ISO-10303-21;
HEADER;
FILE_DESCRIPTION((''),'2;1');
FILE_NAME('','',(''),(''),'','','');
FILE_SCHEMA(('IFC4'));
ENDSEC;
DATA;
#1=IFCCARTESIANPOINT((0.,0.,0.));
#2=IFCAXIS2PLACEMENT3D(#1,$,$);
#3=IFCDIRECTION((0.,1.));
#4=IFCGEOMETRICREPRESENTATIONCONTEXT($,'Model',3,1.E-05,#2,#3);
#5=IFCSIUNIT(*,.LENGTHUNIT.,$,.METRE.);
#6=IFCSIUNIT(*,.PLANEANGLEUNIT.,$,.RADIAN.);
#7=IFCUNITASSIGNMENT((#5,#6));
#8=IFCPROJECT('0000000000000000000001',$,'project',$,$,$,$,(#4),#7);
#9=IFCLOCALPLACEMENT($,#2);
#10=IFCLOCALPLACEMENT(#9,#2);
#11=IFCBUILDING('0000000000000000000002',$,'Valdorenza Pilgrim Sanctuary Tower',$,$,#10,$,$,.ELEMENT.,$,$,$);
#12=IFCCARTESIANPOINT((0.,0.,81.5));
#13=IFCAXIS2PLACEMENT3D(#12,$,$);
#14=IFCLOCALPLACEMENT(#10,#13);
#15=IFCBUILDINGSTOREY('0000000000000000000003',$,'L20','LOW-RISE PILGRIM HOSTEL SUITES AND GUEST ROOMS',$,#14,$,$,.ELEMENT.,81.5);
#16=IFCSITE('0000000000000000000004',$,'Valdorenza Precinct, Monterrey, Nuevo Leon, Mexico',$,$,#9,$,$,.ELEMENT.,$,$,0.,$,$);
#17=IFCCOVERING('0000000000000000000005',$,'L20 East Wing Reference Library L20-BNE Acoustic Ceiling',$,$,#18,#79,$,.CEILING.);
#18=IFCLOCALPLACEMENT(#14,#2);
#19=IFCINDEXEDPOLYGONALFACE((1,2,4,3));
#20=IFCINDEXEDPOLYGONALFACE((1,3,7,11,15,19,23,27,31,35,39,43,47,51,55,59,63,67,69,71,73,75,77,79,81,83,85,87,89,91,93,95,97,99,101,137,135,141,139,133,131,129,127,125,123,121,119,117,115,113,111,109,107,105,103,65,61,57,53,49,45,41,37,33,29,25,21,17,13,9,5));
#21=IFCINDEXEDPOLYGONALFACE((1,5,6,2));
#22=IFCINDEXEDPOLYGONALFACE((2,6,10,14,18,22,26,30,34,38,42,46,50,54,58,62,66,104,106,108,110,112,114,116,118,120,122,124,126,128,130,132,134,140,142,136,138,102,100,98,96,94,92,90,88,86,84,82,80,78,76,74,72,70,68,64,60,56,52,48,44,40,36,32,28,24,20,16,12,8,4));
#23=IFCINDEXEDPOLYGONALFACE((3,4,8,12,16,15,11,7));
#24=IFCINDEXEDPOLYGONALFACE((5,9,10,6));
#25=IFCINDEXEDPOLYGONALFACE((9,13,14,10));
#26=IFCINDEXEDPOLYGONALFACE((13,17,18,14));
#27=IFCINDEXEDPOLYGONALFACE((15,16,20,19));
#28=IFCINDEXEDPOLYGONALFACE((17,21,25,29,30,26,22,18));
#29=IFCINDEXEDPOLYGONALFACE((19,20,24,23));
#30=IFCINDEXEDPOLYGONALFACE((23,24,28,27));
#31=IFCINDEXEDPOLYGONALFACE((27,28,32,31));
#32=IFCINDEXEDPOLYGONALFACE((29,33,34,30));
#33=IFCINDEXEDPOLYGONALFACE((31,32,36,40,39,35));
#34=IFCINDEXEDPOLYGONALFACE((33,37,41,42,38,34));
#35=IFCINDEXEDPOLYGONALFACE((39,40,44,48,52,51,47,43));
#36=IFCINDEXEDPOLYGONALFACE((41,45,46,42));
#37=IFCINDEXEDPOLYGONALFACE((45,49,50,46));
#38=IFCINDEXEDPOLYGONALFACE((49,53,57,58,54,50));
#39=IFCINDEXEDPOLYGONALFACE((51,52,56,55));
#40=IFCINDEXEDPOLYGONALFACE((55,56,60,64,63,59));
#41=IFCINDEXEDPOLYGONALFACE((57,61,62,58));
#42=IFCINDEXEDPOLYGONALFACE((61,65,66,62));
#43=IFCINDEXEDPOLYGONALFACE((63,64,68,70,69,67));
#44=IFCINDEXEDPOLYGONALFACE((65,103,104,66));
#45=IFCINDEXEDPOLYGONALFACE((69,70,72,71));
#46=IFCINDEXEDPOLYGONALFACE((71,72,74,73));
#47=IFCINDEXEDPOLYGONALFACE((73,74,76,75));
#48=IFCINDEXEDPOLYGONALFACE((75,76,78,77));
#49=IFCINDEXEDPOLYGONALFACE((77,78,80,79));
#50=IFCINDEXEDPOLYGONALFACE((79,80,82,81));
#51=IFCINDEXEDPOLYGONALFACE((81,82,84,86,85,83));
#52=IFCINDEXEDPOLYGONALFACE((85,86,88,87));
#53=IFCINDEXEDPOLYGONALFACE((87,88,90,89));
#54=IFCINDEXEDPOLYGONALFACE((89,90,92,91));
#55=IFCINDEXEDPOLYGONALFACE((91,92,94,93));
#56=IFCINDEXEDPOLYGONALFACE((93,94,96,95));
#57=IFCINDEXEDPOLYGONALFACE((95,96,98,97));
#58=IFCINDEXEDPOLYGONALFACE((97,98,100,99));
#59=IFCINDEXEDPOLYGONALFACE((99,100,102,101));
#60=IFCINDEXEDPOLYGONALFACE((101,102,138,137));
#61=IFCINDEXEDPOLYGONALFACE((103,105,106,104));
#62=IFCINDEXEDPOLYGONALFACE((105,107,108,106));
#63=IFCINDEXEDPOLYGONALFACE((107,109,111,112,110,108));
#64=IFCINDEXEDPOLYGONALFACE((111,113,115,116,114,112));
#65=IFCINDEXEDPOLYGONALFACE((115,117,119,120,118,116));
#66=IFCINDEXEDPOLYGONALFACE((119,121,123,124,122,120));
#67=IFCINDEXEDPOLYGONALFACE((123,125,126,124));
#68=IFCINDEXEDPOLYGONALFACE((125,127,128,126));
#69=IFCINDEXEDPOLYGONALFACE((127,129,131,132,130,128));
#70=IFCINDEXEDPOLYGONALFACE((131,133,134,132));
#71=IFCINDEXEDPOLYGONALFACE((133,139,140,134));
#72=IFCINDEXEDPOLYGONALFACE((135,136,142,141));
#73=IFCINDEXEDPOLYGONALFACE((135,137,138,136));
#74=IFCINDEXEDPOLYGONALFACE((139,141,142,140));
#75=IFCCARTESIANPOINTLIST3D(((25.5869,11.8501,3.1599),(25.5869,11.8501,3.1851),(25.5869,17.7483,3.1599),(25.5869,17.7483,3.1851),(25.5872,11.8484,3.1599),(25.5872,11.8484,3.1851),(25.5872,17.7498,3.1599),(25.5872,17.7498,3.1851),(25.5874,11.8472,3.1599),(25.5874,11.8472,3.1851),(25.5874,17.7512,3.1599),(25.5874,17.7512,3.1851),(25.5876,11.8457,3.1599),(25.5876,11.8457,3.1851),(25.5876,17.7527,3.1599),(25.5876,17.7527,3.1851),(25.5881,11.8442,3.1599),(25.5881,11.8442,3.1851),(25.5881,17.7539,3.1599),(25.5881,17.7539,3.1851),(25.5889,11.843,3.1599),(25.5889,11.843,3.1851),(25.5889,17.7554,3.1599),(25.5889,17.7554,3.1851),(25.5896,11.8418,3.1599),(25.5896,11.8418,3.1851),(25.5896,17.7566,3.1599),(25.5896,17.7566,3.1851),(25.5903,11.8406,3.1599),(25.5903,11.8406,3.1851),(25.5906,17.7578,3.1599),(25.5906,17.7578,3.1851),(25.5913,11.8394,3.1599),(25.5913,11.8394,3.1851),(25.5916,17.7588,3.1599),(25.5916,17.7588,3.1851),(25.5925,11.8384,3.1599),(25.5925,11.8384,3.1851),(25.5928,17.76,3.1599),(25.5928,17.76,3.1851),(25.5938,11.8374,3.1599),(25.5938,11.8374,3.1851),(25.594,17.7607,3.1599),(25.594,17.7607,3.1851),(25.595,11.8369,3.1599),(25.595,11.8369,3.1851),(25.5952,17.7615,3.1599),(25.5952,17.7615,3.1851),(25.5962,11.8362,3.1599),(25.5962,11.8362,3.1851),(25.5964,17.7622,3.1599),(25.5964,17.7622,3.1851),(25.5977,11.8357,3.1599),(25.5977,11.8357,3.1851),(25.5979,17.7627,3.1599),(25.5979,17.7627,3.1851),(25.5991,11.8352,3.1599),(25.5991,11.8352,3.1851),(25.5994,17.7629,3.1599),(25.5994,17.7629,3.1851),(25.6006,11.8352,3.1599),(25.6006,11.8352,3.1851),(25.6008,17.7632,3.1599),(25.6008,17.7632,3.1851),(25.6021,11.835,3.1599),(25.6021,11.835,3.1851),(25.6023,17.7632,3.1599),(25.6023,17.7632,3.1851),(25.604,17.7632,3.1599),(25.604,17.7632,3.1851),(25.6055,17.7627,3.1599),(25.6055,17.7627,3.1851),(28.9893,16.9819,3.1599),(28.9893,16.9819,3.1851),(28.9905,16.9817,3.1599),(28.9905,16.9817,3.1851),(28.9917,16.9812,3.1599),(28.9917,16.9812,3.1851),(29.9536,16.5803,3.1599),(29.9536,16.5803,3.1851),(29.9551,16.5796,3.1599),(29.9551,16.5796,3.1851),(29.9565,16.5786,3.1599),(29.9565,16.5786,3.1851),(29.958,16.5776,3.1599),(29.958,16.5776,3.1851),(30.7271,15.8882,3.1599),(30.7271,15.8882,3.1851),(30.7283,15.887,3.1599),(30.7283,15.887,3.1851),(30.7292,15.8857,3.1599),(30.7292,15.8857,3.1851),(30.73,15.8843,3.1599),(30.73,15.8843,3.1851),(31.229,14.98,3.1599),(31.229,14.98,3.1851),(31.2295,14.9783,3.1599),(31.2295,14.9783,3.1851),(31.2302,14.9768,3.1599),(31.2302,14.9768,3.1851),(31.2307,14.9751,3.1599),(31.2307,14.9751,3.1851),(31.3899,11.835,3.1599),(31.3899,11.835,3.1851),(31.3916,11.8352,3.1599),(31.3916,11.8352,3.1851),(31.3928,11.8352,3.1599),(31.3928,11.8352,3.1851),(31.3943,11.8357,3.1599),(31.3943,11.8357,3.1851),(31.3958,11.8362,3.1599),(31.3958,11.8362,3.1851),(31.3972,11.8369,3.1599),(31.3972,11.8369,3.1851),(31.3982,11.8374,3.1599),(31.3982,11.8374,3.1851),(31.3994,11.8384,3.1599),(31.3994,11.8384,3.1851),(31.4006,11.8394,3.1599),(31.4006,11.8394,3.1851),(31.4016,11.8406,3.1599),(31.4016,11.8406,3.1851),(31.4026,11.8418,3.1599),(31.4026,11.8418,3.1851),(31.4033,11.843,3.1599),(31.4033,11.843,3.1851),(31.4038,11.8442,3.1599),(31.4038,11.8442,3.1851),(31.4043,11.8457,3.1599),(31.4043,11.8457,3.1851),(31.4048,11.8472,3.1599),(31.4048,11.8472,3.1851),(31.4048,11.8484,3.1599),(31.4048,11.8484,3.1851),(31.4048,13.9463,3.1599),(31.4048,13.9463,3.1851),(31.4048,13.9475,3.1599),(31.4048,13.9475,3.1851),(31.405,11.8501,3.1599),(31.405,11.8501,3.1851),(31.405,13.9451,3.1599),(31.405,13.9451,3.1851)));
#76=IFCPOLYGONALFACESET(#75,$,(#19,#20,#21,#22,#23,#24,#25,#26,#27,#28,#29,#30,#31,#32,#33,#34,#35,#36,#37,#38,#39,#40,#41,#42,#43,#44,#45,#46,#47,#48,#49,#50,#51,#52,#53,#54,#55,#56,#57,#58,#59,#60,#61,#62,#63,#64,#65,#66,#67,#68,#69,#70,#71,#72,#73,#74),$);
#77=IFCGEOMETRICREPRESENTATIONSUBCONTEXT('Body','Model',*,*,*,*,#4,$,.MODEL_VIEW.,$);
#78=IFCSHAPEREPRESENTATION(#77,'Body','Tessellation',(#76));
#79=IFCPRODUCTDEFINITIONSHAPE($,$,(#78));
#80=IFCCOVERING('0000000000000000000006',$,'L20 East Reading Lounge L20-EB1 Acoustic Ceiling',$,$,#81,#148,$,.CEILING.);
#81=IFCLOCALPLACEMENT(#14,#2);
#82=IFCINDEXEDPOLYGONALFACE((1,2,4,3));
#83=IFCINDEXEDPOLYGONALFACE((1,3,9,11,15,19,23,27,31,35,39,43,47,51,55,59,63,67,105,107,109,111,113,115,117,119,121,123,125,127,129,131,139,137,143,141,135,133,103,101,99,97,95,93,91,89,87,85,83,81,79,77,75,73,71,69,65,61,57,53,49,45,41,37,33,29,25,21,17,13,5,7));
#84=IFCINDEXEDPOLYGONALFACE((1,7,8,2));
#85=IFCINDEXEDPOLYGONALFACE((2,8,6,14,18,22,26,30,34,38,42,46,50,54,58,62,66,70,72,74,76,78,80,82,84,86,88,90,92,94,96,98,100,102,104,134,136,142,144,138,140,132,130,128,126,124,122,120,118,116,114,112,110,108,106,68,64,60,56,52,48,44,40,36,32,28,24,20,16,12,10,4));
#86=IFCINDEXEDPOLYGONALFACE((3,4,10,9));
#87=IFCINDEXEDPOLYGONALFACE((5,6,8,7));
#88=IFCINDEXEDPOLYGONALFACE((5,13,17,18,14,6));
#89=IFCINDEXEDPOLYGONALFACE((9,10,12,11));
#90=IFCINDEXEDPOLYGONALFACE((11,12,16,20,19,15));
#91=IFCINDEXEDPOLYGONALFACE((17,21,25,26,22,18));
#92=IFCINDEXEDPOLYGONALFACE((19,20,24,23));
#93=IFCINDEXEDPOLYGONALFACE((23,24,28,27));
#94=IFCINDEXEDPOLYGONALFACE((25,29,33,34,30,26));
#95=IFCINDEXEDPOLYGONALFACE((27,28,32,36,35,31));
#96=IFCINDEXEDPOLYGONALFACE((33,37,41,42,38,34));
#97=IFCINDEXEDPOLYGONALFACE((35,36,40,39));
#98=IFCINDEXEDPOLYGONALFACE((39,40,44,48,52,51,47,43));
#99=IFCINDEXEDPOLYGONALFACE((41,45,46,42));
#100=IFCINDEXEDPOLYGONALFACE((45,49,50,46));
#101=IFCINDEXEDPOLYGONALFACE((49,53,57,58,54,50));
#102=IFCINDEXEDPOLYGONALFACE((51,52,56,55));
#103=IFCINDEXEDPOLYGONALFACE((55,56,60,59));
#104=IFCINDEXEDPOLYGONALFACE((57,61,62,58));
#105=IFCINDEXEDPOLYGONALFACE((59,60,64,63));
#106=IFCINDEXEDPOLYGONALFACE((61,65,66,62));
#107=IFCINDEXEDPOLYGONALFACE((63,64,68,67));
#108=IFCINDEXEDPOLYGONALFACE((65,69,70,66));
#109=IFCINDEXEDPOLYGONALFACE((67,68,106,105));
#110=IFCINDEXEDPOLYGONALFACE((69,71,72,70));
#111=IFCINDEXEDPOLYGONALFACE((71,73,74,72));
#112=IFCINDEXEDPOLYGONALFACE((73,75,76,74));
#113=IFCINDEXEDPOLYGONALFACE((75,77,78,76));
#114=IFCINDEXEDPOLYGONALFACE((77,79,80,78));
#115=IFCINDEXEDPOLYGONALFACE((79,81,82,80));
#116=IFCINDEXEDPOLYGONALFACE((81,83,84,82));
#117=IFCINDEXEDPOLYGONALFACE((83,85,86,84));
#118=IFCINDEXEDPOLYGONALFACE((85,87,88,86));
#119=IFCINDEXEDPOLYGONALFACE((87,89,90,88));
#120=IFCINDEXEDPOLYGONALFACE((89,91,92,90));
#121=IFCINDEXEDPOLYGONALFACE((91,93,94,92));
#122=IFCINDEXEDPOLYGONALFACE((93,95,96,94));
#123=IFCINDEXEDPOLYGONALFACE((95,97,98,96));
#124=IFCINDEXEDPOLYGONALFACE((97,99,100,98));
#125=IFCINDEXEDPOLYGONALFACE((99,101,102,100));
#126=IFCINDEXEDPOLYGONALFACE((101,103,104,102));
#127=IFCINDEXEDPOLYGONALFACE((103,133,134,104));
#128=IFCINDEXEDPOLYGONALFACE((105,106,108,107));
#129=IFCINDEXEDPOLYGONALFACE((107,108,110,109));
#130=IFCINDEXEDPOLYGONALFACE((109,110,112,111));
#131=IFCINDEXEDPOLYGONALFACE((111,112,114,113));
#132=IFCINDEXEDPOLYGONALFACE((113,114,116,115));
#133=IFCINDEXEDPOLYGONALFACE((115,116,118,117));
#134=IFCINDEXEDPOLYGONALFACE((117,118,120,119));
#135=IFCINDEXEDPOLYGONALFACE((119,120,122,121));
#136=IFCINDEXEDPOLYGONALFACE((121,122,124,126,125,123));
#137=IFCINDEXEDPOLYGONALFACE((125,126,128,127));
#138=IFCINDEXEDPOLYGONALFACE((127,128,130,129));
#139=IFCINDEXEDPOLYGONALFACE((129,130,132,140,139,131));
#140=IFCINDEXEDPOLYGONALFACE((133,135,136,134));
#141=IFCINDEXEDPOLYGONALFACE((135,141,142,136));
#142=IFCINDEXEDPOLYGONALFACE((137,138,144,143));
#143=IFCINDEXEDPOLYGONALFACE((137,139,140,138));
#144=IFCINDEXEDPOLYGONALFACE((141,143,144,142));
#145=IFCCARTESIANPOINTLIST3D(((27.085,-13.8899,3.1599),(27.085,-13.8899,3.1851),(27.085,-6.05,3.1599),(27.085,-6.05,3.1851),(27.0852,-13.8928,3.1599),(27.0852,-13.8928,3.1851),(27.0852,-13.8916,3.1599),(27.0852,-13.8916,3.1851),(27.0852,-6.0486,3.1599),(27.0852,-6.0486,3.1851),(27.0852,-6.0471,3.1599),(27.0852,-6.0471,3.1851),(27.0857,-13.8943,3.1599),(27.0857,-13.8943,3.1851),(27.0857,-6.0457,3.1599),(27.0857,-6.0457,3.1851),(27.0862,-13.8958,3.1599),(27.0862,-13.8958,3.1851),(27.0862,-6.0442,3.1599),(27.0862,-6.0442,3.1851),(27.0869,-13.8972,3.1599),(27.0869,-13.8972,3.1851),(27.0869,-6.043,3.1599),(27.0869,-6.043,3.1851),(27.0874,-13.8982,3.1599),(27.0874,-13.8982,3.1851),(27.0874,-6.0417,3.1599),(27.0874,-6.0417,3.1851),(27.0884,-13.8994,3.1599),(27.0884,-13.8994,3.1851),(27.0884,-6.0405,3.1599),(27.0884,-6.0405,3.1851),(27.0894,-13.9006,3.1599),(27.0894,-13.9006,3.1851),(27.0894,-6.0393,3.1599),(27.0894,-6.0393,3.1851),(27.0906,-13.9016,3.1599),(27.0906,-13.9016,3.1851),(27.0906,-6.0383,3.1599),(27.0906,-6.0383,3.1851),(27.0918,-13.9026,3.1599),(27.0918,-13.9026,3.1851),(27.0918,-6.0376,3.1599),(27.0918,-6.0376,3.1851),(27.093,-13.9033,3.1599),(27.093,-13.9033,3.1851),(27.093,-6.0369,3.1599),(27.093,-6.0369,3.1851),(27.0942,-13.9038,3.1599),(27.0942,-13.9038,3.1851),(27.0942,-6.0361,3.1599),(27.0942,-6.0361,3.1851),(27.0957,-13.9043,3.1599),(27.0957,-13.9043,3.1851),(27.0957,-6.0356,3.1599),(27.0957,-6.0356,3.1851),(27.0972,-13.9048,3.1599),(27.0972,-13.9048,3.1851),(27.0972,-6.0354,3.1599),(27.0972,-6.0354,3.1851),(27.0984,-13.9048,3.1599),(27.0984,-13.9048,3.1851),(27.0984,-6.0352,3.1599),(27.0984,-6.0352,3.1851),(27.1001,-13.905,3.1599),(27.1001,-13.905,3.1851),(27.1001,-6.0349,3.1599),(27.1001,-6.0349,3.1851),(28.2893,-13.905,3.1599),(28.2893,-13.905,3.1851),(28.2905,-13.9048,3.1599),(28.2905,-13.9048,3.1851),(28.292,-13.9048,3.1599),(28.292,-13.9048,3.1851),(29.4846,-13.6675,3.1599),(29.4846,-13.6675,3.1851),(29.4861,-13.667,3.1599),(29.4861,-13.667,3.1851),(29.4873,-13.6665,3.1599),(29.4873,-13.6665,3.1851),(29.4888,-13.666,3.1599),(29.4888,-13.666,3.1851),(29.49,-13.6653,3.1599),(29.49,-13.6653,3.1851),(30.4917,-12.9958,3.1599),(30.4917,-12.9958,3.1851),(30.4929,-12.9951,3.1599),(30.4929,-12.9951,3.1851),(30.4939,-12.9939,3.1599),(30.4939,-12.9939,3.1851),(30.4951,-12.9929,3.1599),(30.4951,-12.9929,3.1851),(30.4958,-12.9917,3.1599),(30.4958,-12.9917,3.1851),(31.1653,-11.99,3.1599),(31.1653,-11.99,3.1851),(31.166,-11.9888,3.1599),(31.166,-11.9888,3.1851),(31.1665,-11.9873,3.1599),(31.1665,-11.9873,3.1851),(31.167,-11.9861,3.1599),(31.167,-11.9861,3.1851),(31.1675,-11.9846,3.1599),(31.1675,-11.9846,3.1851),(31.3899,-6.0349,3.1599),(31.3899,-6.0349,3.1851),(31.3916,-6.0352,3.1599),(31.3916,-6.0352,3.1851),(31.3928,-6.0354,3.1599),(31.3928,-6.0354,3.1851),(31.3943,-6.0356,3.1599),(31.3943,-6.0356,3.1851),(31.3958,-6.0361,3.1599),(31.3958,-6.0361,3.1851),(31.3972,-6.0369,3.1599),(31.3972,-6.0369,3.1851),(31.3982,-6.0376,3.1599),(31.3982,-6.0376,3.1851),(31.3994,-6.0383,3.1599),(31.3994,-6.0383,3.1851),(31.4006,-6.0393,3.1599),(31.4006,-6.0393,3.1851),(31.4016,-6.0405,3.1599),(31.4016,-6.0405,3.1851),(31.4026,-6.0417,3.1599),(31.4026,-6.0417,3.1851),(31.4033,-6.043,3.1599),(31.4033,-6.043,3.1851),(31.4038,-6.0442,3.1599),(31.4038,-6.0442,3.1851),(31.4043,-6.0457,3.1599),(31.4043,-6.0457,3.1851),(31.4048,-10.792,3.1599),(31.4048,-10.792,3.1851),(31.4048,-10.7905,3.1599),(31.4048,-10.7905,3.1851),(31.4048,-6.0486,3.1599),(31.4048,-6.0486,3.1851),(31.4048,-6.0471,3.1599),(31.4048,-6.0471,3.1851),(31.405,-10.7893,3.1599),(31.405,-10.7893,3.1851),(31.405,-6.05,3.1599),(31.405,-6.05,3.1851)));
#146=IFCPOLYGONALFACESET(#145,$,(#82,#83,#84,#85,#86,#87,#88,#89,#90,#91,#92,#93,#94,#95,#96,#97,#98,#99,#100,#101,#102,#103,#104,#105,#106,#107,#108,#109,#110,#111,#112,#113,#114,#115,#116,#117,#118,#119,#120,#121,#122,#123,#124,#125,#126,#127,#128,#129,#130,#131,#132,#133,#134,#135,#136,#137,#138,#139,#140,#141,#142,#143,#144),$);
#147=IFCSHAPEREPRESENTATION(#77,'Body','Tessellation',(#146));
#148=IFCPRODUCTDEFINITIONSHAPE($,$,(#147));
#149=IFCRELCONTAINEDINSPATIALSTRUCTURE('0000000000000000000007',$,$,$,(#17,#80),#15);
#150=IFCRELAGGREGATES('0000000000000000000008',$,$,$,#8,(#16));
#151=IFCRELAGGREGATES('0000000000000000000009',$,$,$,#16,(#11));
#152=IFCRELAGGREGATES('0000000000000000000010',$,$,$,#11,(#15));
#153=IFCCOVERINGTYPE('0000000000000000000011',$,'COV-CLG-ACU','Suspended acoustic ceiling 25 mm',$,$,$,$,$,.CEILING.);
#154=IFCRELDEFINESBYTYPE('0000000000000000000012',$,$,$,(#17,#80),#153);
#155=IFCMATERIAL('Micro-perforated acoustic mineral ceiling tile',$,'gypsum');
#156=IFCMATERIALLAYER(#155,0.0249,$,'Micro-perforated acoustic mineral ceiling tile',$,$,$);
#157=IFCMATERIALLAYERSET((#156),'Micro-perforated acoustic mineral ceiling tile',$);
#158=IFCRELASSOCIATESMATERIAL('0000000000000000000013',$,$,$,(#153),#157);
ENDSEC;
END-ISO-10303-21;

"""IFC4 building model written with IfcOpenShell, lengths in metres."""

from ifc_helpers import new_model, si_unit, direction, frame, origin, place, context, subcontext, project, spatial, polyline, outline, extrude, material, layer, layer_set, type_object, element, save


model = new_model("IFC4")

# Units and contexts
model_context = context("Model", 3, precision=1e-05, world=origin(), true_north=direction((0.0, 1.0)))
body_context = subcontext(model_context, "Body", "Model", "MODEL_VIEW")
ifc_project = project(units=[si_unit("LENGTHUNIT", "METRE"), si_unit("PLANEANGLEUNIT", "RADIAN")], contexts=[model_context])

# Site, building, storey
site_placement = place(None, origin())
site = spatial("IfcSite", under=ifc_project, at=site_placement, Name="Valdorenza Precinct, Monterrey, Nuevo Leon, Mexico", CompositionType="ELEMENT", RefElevation=0.0)
building_placement = place(site_placement, origin())
building = spatial("IfcBuilding", under=site, at=building_placement, Name="Valdorenza Pilgrim Sanctuary Tower", CompositionType="ELEMENT")
storey_placement = place(building_placement, frame((0.0, 0.0, 81.5)))
storey = spatial("IfcBuildingStorey", under=building, at=storey_placement, Name="L20", Description="LOW-RISE PILGRIM HOSTEL SUITES AND GUEST ROOMS", CompositionType="ELEMENT", Elevation=81.5)

# Coverings
ifc_material_1 = material(Name="Micro-perforated acoustic mineral ceiling tile", Category="gypsum")
ifc_layer_1 = layer(ifc_material_1, 0.0249, Name="Micro-perforated acoustic mineral ceiling tile")
ifc_layer_set_1 = layer_set([ifc_layer_1], Name="Micro-perforated acoustic mineral ceiling tile")
covering_type_1 = type_object("IfcCoveringType", Name="COV-CLG-ACU", Description="Suspended acoustic ceiling 25 mm", PredefinedType="CEILING", material=ifc_layer_set_1)
covering_1_placement = place(storey_placement, frame((0.0, 0.0, 3.1599)))
element("IfcCovering", 1, at=covering_1_placement, inside=storey, type_object=covering_type_1, Name="L20 East Wing Reference Library L20-BNE Acoustic Ceiling", PredefinedType="CEILING", context=body_context, shape_type="SweptSolid", body=[
    extrude(outline(polyline([(28.9893, 16.9819), (28.9905, 16.9817), (28.9917, 16.9812), (29.9536, 16.5803), (29.9551, 16.5796), (29.9565, 16.5786), (29.958, 16.5776), (30.7271, 15.8882), (30.7283, 15.887), (30.7292, 15.8857), (30.73, 15.8843), (31.229, 14.98), (31.2295, 14.9783), (31.2302, 14.9768), (31.2307, 14.9751), (31.4048, 13.9475), (31.4048, 13.9463), (31.405, 13.9451), (31.405, 11.8501), (31.4048, 11.8484), (31.4048, 11.8472), (31.4043, 11.8457), (31.4038, 11.8442), (31.4033, 11.843), (31.4026, 11.8418), (31.4016, 11.8406), (31.4006, 11.8394), (31.3994, 11.8384), (31.3982, 11.8374), (31.3972, 11.8369), (31.3958, 11.8362), (31.3943, 11.8357), (31.3928, 11.8352), (31.3916, 11.8352), (31.3899, 11.835), (25.6021, 11.835), (25.6006, 11.8352), (25.5991, 11.8352), (25.5977, 11.8357), (25.5962, 11.8362), (25.595, 11.8369), (25.5938, 11.8374), (25.5925, 11.8384), (25.5913, 11.8394), (25.5903, 11.8406), (25.5896, 11.8418), (25.5889, 11.843), (25.5881, 11.8442), (25.5876, 11.8457), (25.5874, 11.8472), (25.5872, 11.8484), (25.5869, 11.8501), (25.5869, 17.7483), (25.5872, 17.7498), (25.5874, 17.7512), (25.5876, 17.7527), (25.5881, 17.7539), (25.5889, 17.7554), (25.5896, 17.7566), (25.5906, 17.7578), (25.5916, 17.7588), (25.5928, 17.76), (25.594, 17.7607), (25.5952, 17.7615), (25.5964, 17.7622), (25.5979, 17.7627), (25.5994, 17.7629), (25.6008, 17.7632), (25.6023, 17.7632), (25.604, 17.7632), (25.6055, 17.7627), (28.9893, 16.9819)])), origin(), (0.0, 0.0, 1.0), 0.0251),
])
covering_2_placement = place(storey_placement, frame((0.0, 0.0, 3.1599)))
element("IfcCovering", 2, at=covering_2_placement, inside=storey, type_object=covering_type_1, Name="L20 East Reading Lounge L20-EB1 Acoustic Ceiling", PredefinedType="CEILING", context=body_context, shape_type="SweptSolid", body=[
    extrude(outline(polyline([(31.3899, -6.0349), (31.3916, -6.0352), (31.3928, -6.0354), (31.3943, -6.0356), (31.3958, -6.0361), (31.3972, -6.0369), (31.3982, -6.0376), (31.3994, -6.0383), (31.4006, -6.0393), (31.4016, -6.0405), (31.4026, -6.0417), (31.4033, -6.043), (31.4038, -6.0442), (31.4043, -6.0457), (31.4048, -6.0471), (31.4048, -6.0486), (31.405, -6.05), (31.405, -10.7893), (31.4048, -10.7905), (31.4048, -10.792), (31.1675, -11.9846), (31.167, -11.9861), (31.1665, -11.9873), (31.166, -11.9888), (31.1653, -11.99), (30.4958, -12.9917), (30.4951, -12.9929), (30.4939, -12.9939), (30.4929, -12.9951), (30.4917, -12.9958), (29.49, -13.6653), (29.4888, -13.666), (29.4873, -13.6665), (29.4861, -13.667), (29.4846, -13.6675), (28.292, -13.9048), (28.2905, -13.9048), (28.2893, -13.905), (27.1001, -13.905), (27.0984, -13.9048), (27.0972, -13.9048), (27.0957, -13.9043), (27.0942, -13.9038), (27.093, -13.9033), (27.0918, -13.9026), (27.0906, -13.9016), (27.0894, -13.9006), (27.0884, -13.8994), (27.0874, -13.8982), (27.0869, -13.8972), (27.0862, -13.8958), (27.0857, -13.8943), (27.0852, -13.8928), (27.0852, -13.8916), (27.085, -13.8899), (27.085, -6.05), (27.0852, -6.0486), (27.0852, -6.0471), (27.0857, -6.0457), (27.0862, -6.0442), (27.0869, -6.043), (27.0874, -6.0417), (27.0884, -6.0405), (27.0894, -6.0393), (27.0906, -6.0383), (27.0918, -6.0376), (27.093, -6.0369), (27.0942, -6.0361), (27.0957, -6.0356), (27.0972, -6.0354), (27.0984, -6.0352), (27.1001, -6.0349), (31.3899, -6.0349)])), origin(), (0.0, 0.0, 1.0), 0.0251),
])

save(model, "model.ifc")
